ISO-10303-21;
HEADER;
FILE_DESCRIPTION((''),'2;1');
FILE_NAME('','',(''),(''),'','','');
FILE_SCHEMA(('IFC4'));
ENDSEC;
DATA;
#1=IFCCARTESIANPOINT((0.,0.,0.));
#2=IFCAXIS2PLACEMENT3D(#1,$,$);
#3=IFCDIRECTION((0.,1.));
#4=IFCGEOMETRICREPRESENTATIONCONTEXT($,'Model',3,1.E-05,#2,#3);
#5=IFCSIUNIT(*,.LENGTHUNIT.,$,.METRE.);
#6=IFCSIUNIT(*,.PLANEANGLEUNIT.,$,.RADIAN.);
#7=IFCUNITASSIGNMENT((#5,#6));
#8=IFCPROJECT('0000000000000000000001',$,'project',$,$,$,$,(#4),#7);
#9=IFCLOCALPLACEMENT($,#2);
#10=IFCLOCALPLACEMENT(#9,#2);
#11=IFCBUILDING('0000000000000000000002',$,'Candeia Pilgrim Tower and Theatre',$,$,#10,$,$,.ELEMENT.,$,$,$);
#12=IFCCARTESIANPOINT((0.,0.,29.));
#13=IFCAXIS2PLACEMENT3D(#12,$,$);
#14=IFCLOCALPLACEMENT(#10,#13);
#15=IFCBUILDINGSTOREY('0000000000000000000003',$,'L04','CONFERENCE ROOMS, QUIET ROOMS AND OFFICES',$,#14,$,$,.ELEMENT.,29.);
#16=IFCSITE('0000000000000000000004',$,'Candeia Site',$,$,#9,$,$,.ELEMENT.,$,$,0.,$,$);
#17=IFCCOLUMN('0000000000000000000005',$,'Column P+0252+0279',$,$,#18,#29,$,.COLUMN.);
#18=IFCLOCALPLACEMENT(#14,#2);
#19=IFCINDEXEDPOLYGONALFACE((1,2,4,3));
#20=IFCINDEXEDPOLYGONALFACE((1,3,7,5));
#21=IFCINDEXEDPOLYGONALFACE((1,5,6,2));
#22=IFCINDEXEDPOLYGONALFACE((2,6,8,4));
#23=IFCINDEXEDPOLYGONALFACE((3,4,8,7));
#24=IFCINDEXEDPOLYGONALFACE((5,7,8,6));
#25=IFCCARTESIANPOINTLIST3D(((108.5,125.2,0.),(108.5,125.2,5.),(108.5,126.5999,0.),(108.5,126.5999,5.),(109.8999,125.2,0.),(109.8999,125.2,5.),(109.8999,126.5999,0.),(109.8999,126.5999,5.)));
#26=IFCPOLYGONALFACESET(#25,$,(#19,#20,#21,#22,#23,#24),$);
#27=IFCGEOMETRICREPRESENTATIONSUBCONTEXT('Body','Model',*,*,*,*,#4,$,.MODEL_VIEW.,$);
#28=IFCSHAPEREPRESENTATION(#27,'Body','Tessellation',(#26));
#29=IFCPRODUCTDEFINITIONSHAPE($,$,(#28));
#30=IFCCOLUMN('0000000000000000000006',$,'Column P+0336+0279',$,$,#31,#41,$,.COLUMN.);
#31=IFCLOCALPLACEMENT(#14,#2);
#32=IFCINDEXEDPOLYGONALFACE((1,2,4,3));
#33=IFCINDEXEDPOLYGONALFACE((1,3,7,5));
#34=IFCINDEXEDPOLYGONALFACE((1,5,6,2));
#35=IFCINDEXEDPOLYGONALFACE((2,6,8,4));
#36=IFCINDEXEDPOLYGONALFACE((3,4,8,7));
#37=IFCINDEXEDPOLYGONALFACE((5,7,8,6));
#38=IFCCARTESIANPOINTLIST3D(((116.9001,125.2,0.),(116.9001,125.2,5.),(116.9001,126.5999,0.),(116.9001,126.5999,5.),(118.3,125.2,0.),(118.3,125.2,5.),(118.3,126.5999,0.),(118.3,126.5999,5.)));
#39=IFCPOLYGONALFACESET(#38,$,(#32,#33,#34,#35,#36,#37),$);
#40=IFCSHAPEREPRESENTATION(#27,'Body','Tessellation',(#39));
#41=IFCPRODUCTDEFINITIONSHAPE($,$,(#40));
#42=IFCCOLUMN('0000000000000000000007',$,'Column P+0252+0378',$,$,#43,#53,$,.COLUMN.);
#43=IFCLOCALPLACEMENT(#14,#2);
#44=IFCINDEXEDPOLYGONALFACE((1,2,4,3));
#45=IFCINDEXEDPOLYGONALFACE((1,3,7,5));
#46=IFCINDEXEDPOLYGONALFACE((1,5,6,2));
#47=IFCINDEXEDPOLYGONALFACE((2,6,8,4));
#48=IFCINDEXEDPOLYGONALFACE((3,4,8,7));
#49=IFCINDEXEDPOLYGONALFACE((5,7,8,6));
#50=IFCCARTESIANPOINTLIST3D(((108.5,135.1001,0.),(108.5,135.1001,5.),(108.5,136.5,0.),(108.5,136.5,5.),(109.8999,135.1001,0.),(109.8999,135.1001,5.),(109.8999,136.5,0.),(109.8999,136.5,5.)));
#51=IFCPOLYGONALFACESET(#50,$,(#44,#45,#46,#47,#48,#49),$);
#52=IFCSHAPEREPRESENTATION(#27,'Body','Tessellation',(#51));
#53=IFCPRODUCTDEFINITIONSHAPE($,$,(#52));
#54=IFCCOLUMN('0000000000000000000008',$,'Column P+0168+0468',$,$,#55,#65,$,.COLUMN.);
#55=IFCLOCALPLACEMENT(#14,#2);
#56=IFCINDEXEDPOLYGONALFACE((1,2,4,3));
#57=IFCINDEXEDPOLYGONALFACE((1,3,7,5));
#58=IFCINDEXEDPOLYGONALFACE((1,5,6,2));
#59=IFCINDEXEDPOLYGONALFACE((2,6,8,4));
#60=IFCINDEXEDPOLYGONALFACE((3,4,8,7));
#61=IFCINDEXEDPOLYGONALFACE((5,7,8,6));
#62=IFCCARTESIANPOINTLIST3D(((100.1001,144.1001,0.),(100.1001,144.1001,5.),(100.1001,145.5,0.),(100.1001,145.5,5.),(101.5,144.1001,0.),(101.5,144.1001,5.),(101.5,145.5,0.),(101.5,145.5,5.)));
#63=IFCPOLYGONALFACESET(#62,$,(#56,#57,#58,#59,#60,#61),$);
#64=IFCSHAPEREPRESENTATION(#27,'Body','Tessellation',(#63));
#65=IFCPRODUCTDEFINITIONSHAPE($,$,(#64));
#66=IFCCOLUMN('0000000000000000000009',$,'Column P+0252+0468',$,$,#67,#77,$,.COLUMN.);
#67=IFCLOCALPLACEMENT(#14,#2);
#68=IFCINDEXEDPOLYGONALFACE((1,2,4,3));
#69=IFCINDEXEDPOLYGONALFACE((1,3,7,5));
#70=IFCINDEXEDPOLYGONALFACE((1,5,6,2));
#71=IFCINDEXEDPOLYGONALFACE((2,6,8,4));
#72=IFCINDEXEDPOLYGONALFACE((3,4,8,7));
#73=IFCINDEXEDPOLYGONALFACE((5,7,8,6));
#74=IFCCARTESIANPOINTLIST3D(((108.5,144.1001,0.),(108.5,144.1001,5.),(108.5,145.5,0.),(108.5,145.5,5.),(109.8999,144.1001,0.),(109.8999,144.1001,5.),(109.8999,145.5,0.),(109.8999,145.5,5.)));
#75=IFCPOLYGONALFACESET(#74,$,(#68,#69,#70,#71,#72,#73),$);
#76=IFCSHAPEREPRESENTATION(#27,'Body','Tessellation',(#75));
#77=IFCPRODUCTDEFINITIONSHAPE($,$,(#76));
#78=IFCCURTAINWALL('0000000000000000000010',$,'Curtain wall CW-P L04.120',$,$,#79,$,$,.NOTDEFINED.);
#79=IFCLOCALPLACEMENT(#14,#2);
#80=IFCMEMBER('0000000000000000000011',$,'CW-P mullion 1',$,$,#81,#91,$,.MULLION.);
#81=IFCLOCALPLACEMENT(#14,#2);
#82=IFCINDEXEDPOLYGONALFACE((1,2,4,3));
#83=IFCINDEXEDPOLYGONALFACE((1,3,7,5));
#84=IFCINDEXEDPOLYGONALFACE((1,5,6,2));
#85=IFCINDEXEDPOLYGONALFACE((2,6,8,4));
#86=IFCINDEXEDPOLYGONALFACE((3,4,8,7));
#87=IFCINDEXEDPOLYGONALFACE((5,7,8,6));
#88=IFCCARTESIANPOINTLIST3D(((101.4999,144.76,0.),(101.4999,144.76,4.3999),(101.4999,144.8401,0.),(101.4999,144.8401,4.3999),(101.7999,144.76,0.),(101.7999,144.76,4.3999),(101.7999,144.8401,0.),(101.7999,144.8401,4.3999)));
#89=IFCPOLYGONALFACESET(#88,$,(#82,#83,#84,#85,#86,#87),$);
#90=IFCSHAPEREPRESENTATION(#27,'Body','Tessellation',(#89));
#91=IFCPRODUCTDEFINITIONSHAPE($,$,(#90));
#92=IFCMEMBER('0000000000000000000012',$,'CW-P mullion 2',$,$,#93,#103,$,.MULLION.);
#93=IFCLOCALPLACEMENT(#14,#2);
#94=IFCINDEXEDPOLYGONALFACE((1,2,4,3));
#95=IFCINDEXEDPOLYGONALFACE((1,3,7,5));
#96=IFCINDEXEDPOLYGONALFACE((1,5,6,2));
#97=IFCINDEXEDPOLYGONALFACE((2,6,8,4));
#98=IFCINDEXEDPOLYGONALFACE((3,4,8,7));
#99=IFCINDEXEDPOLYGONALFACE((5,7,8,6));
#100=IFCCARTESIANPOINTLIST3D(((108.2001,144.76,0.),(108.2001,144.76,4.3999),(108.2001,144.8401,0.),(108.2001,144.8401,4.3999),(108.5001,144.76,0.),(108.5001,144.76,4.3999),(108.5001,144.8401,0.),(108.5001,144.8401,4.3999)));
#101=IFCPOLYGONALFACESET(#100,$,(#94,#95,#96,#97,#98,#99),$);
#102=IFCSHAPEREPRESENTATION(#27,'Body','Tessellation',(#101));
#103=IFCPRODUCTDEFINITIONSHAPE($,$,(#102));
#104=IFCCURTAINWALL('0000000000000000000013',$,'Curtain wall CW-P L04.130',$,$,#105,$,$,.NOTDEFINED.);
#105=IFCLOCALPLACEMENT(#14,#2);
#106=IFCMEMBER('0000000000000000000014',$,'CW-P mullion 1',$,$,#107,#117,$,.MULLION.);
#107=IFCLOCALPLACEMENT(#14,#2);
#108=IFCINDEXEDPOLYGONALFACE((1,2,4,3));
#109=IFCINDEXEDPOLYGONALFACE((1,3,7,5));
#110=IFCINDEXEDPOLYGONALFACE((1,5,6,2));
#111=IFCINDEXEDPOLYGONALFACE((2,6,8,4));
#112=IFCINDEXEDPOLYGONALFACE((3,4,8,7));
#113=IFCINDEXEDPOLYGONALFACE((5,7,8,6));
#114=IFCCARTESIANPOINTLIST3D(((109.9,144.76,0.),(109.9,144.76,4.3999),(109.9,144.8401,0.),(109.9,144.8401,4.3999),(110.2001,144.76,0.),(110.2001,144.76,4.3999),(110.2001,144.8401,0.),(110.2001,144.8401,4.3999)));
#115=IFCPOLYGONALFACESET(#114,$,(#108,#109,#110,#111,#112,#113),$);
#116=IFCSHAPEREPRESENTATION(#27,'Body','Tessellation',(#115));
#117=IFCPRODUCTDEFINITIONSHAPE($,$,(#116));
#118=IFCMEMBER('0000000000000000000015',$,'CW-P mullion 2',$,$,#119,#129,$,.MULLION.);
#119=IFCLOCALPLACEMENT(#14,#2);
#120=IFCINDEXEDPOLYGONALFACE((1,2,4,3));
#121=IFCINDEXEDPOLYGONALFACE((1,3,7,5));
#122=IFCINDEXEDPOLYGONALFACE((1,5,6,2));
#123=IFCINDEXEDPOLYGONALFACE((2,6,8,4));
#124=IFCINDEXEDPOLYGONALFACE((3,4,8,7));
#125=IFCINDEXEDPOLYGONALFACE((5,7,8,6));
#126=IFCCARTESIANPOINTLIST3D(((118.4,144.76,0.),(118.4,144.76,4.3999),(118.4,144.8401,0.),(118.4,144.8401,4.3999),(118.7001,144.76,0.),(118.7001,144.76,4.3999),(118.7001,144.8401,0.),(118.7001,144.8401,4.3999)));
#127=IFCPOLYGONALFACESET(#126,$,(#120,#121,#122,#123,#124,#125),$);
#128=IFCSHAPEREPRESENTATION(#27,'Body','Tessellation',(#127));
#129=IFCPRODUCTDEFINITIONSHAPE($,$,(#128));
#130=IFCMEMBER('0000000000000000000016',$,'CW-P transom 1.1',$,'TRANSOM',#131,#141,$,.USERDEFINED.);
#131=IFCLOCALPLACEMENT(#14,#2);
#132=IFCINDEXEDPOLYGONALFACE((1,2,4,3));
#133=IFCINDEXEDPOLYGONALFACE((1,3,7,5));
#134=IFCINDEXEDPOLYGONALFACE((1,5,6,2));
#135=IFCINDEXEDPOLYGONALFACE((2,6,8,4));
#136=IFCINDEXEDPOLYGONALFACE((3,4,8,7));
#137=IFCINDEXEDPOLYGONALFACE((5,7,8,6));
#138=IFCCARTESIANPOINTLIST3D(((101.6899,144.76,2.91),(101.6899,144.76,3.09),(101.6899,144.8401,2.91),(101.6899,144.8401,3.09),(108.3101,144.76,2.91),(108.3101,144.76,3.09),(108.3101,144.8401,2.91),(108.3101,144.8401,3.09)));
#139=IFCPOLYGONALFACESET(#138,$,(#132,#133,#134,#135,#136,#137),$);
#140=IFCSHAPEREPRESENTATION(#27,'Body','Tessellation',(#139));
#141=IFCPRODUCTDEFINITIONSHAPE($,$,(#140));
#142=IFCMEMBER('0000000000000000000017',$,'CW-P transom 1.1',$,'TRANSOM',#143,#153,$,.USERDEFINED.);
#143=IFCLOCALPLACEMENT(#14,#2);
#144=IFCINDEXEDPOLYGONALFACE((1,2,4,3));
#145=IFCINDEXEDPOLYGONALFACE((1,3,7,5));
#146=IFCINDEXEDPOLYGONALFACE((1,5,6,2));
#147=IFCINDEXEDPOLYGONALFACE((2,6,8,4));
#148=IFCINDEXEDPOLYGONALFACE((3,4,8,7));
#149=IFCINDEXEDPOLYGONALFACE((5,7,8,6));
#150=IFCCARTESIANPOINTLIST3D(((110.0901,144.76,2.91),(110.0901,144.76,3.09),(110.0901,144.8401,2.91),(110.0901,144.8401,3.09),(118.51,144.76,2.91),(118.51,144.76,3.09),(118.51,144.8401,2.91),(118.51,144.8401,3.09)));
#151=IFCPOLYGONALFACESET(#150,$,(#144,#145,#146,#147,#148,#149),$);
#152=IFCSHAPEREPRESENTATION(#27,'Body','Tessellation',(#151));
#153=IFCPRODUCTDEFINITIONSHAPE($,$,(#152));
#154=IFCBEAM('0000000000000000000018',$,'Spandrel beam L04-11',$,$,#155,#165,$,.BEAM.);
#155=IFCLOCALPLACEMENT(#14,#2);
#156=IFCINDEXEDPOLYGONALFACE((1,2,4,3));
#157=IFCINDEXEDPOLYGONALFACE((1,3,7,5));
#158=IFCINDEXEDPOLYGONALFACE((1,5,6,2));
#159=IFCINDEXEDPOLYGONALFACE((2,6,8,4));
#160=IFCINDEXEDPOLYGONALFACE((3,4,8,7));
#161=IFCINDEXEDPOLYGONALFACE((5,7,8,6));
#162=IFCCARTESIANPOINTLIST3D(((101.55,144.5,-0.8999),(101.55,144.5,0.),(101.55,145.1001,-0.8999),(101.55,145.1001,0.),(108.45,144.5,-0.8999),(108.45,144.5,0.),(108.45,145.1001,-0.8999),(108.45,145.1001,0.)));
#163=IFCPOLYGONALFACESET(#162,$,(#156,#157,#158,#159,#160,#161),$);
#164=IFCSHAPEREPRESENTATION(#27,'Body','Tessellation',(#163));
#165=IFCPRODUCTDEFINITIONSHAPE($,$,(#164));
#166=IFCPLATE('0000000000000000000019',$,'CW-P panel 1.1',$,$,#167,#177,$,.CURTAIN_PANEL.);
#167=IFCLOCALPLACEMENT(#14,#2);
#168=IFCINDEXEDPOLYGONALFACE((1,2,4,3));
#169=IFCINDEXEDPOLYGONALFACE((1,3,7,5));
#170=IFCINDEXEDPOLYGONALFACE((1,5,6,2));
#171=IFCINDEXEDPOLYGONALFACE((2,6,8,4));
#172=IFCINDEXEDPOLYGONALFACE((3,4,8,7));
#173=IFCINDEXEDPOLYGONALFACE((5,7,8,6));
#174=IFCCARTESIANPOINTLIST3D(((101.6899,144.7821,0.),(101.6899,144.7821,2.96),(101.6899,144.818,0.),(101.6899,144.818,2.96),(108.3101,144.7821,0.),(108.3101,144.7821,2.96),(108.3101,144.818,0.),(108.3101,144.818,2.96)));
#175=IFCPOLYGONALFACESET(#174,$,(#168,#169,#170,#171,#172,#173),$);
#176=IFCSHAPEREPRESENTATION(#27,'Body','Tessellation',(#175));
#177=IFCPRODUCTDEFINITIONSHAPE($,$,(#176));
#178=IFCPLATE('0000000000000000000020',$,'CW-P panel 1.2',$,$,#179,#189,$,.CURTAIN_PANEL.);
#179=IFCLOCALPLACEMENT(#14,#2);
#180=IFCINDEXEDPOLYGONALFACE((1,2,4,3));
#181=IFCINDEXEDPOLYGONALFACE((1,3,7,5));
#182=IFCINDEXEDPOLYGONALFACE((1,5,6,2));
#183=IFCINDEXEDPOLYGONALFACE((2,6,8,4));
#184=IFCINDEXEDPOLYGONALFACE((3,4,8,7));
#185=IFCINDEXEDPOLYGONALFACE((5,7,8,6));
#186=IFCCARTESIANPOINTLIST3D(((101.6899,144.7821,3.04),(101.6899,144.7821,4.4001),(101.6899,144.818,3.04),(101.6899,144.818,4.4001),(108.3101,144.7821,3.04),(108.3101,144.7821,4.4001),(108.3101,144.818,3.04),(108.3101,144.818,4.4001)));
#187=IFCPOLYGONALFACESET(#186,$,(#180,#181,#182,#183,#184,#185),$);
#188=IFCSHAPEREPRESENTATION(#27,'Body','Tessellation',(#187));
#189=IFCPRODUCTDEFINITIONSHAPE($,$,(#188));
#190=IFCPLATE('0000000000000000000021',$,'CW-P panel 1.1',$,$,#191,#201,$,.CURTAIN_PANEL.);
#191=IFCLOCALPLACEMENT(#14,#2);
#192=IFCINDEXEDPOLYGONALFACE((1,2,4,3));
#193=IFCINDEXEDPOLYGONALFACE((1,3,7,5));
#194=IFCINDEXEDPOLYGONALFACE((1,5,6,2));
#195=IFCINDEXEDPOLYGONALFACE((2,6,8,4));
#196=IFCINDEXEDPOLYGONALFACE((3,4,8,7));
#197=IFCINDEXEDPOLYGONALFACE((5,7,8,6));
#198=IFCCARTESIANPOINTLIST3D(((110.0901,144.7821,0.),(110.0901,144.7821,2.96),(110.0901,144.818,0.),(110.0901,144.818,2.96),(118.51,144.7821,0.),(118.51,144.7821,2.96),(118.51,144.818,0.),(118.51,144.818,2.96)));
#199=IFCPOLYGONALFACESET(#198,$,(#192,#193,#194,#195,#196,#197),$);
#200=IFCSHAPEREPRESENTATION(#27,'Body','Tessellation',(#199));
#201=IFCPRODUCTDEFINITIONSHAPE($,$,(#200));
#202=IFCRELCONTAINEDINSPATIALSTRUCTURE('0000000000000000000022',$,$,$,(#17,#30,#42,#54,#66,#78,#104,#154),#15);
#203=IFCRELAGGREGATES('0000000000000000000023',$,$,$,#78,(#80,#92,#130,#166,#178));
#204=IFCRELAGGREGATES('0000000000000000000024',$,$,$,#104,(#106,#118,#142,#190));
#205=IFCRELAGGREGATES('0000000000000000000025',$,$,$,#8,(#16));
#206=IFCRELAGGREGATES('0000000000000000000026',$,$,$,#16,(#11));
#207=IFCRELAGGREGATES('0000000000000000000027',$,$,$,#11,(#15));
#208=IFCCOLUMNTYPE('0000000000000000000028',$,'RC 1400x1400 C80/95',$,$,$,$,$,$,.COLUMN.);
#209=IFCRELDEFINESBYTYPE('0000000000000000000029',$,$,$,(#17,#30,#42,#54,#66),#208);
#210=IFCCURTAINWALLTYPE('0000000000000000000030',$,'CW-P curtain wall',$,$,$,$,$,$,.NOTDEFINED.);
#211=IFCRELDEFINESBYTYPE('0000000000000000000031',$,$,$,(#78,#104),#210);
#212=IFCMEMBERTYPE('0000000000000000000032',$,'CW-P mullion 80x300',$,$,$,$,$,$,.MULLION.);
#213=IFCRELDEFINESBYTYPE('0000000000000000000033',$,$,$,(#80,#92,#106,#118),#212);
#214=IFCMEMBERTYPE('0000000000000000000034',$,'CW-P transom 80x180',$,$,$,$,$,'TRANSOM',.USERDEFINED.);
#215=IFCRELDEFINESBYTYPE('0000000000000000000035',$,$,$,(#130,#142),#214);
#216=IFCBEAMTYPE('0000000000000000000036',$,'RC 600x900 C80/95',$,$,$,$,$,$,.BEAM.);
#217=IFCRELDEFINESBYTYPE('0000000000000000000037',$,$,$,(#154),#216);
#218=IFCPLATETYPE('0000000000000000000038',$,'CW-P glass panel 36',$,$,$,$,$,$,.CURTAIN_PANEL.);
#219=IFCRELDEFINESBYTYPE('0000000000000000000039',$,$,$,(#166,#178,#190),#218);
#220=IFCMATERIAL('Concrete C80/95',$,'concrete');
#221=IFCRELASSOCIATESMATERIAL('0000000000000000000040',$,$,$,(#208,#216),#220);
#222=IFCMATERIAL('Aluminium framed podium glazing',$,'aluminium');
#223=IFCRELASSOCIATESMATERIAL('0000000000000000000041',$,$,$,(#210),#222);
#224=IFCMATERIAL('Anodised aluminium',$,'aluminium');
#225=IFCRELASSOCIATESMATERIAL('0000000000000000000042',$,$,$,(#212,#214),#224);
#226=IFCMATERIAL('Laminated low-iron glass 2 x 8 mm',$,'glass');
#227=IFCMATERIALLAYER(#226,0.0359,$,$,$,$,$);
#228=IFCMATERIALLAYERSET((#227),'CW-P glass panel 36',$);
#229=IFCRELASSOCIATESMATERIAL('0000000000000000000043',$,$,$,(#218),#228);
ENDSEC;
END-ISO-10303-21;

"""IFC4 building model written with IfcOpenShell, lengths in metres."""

from ifc_helpers import new_model, si_unit, direction, frame, origin, origin_2d, place, context, subcontext, project, spatial, rectangle, extrude, material, layer, layer_set, material_profile, profile_set, type_object, element, aggregate, save


model = new_model("IFC4")

# Units and contexts
model_context = context("Model", 3, precision=1e-05, world=origin(), true_north=direction((0.0, 1.0)))
body_context = subcontext(model_context, "Body", "Model", "MODEL_VIEW")
ifc_project = project(units=[si_unit("LENGTHUNIT", "METRE"), si_unit("PLANEANGLEUNIT", "RADIAN")], contexts=[model_context])

# Site, building, storey
site_placement = place(None, origin())
site = spatial("IfcSite", under=ifc_project, at=site_placement, Name="Candeia Site", CompositionType="ELEMENT", RefElevation=0.0)
building_placement = place(site_placement, origin())
building = spatial("IfcBuilding", under=site, at=building_placement, Name="Candeia Pilgrim Tower and Theatre", CompositionType="ELEMENT")
storey_placement = place(building_placement, frame((0.0, 0.0, 29.0)))
storey = spatial("IfcBuildingStorey", under=building, at=storey_placement, Name="L04", Description="CONFERENCE ROOMS, QUIET ROOMS AND OFFICES", CompositionType="ELEMENT", Elevation=29.0)

# Columns
ifc_material_1 = material(Name="Concrete C80/95", Category="concrete")
ifc_material_profile_1 = material_profile(ifc_material_1, rectangle(XDim=1.3999, YDim=1.3999, at=origin_2d()))
ifc_profile_set_1 = profile_set([ifc_material_profile_1], Name="Concrete C80/95")
column_type = type_object("IfcColumnType", Name="RC 1400x1400 C80/95", PredefinedType="COLUMN", material=ifc_profile_set_1)
for number, where, z_axis, x_axis, name in (
    (1, (109.2, 125.8999, 0.0), (0.0, 0.0, 1.0), (1.0, 0.0, 0.0), "Column P+0252+0279"),
    (2, (117.6001, 125.8999, 0.0), (0.0, 0.0, 1.0), (1.0, 0.0, 0.0), "Column P+0336+0279"),
    (3, (109.2, 135.8, 0.0), (0.0, 0.0, 1.0), (1.0, 0.0, 0.0), "Column P+0252+0378"),
    (4, (100.8, 144.8, 0.0), (0.0, 0.0, 1.0), (1.0, 0.0, 0.0), "Column P+0168+0468"),
    (5, (109.2, 144.8, 0.0), (0.0, 0.0, 1.0), (1.0, 0.0, 0.0), "Column P+0252+0468"),
):
    element("IfcColumn", number, at=place(storey_placement, frame(where, z_axis=z_axis, x_axis=x_axis)), inside=storey, type_object=column_type, Name=name, PredefinedType="COLUMN", context=body_context, shape_type="SweptSolid", body=[
        extrude(rectangle(XDim=1.3999, YDim=1.3999, at=origin_2d()), origin(), (0.0, 0.0, 1.0), 5.0),
    ])

# Curtain walls, members
ifc_material_2 = material(Name="Aluminium framed podium glazing", Category="aluminium")
curtain_wall_type = type_object("IfcCurtainWallType", Name="CW-P curtain wall", PredefinedType="NOTDEFINED", material=ifc_material_2)
curtain_wall_1_placement = place(storey_placement, origin())
curtain_wall_1 = element("IfcCurtainWall", 6, at=curtain_wall_1_placement, inside=storey, type_object=curtain_wall_type, Name="Curtain wall CW-P L04.120", PredefinedType="NOTDEFINED")
ifc_material_3 = material(Name="Anodised aluminium", Category="aluminium")
ifc_material_profile_2 = material_profile(ifc_material_3, rectangle(XDim=0.0801, YDim=0.3, at=origin_2d()))
ifc_profile_set_2 = profile_set([ifc_material_profile_2], Name="Anodised aluminium")
member_type_1 = type_object("IfcMemberType", Name="CW-P mullion 80x300", PredefinedType="MULLION", material=ifc_profile_set_2)
member_1_placement = place(storey_placement, frame((101.6499, 144.8, 0.0), z_axis=(0.0, 0.0, 1.0), x_axis=(0.0, 1.0, 0.0)))
member_1 = element("IfcMember", 7, at=member_1_placement, type_object=member_type_1, Name="CW-P mullion 1", PredefinedType="MULLION", context=body_context, shape_type="SweptSolid", body=[
    extrude(rectangle(XDim=0.0801, YDim=0.3, at=origin_2d()), origin(), (0.0, 0.0, 1.0), 4.3999),
])
member_2_placement = place(storey_placement, frame((108.3501, 144.8, 0.0), z_axis=(0.0, 0.0, 1.0), x_axis=(0.0, 1.0, 0.0)))
member_2 = element("IfcMember", 8, at=member_2_placement, type_object=member_type_1, Name="CW-P mullion 2", PredefinedType="MULLION", context=body_context, shape_type="SweptSolid", body=[
    extrude(rectangle(XDim=0.0801, YDim=0.3, at=origin_2d()), origin(), (0.0, 0.0, 1.0), 4.3999),
])
curtain_wall_2_placement = place(storey_placement, origin())
curtain_wall_2 = element("IfcCurtainWall", 9, at=curtain_wall_2_placement, inside=storey, type_object=curtain_wall_type, Name="Curtain wall CW-P L04.130", PredefinedType="NOTDEFINED")
member_3_placement = place(storey_placement, frame((110.05, 144.8, 0.0), z_axis=(0.0, 0.0, 1.0), x_axis=(0.0, 1.0, 0.0)))
member_3 = element("IfcMember", 10, at=member_3_placement, type_object=member_type_1, Name="CW-P mullion 1", PredefinedType="MULLION", context=body_context, shape_type="SweptSolid", body=[
    extrude(rectangle(XDim=0.0801, YDim=0.3, at=origin_2d()), origin(), (0.0, 0.0, 1.0), 4.3999),
])
member_4_placement = place(storey_placement, frame((118.55, 144.8, 0.0), z_axis=(0.0, 0.0, 1.0), x_axis=(0.0, 1.0, 0.0)))
member_4 = element("IfcMember", 11, at=member_4_placement, type_object=member_type_1, Name="CW-P mullion 2", PredefinedType="MULLION", context=body_context, shape_type="SweptSolid", body=[
    extrude(rectangle(XDim=0.0801, YDim=0.3, at=origin_2d()), origin(), (0.0, 0.0, 1.0), 4.3999),
])

# Members
ifc_material_profile_3 = material_profile(ifc_material_3, rectangle(XDim=0.0801, YDim=0.1799, at=origin_2d()))
ifc_profile_set_3 = profile_set([ifc_material_profile_3], Name="Anodised aluminium")
member_type_2 = type_object("IfcMemberType", Name="CW-P transom 80x180", ElementType="TRANSOM", PredefinedType="USERDEFINED", material=ifc_profile_set_3)
member_5_placement = place(storey_placement, frame((101.6899, 144.8, 3.0), z_axis=(1.0, 0.0, 0.0), x_axis=(0.0, 1.0, 0.0)))
member_5 = element("IfcMember", 12, at=member_5_placement, type_object=member_type_2, Name="CW-P transom 1.1", ObjectType="TRANSOM", PredefinedType="USERDEFINED", context=body_context, shape_type="SweptSolid", body=[
    extrude(rectangle(XDim=0.0801, YDim=0.1799, at=origin_2d()), origin(), (0.0, 0.0, 1.0), 6.6201),
])
member_6_placement = place(storey_placement, frame((110.0901, 144.8, 3.0), z_axis=(1.0, 0.0, 0.0), x_axis=(0.0, 1.0, 0.0)))
member_6 = element("IfcMember", 13, at=member_6_placement, type_object=member_type_2, Name="CW-P transom 1.1", ObjectType="TRANSOM", PredefinedType="USERDEFINED", context=body_context, shape_type="SweptSolid", body=[
    extrude(rectangle(XDim=0.0801, YDim=0.1799, at=origin_2d()), origin(), (0.0, 0.0, 1.0), 8.4199),
])

# Beam
ifc_material_profile_4 = material_profile(ifc_material_1, rectangle(XDim=0.6001, YDim=0.8999, at=origin_2d()))
ifc_profile_set_4 = profile_set([ifc_material_profile_4], Name="Concrete C80/95")
beam_type = type_object("IfcBeamType", Name="RC 600x900 C80/95", PredefinedType="BEAM", material=ifc_profile_set_4)
beam_placement = place(storey_placement, frame((108.45, 144.8, -0.45), z_axis=(-1.0, 0.0, 0.0), x_axis=(0.0, -1.0, 0.0)))
element("IfcBeam", 14, at=beam_placement, inside=storey, type_object=beam_type, Name="Spandrel beam L04-11", PredefinedType="BEAM", context=body_context, shape_type="SweptSolid", body=[
    extrude(rectangle(XDim=0.6001, YDim=0.8999, at=origin_2d()), origin(), (0.0, 0.0, 1.0), 6.8999),
])

# Plates
ifc_material_4 = material(Name="Laminated low-iron glass 2 x 8 mm", Category="glass")
ifc_layer_1 = layer(ifc_material_4, 0.0359)
ifc_layer_set_1 = layer_set([ifc_layer_1], Name="CW-P glass panel 36")
plate_type = type_object("IfcPlateType", Name="CW-P glass panel 36", PredefinedType="CURTAIN_PANEL", material=ifc_layer_set_1)
plate_1_placement = place(storey_placement, frame((105.0, 144.8, 0.0), z_axis=(0.0, 0.0, 1.0), x_axis=(1.0, 0.0, 0.0)))
plate_1 = element("IfcPlate", 15, at=plate_1_placement, type_object=plate_type, Name="CW-P panel 1.1", PredefinedType="CURTAIN_PANEL", context=body_context, shape_type="SweptSolid", body=[
    extrude(rectangle(XDim=6.6201, YDim=0.0359, at=origin_2d()), origin(), (0.0, 0.0, 1.0), 2.96),
])
plate_2_placement = place(storey_placement, frame((105.0, 144.8, 3.04), z_axis=(0.0, 0.0, 1.0), x_axis=(1.0, 0.0, 0.0)))
plate_2 = element("IfcPlate", 16, at=plate_2_placement, type_object=plate_type, Name="CW-P panel 1.2", PredefinedType="CURTAIN_PANEL", context=body_context, shape_type="SweptSolid", body=[
    extrude(rectangle(XDim=6.6201, YDim=0.0359, at=origin_2d()), origin(), (0.0, 0.0, 1.0), 1.3601),
])
aggregate(curtain_wall_1, [member_1, member_2, member_5, plate_1, plate_2])
plate_3_placement = place(storey_placement, frame((114.3, 144.8, 0.0), z_axis=(0.0, 0.0, 1.0), x_axis=(1.0, 0.0, 0.0)))
plate_3 = element("IfcPlate", 17, at=plate_3_placement, type_object=plate_type, Name="CW-P panel 1.1", PredefinedType="CURTAIN_PANEL", context=body_context, shape_type="SweptSolid", body=[
    extrude(rectangle(XDim=8.4199, YDim=0.0359, at=origin_2d()), origin(), (0.0, 0.0, 1.0), 2.96),
])
aggregate(curtain_wall_2, [member_3, member_4, member_6, plate_3])

save(model, "model.ifc")
